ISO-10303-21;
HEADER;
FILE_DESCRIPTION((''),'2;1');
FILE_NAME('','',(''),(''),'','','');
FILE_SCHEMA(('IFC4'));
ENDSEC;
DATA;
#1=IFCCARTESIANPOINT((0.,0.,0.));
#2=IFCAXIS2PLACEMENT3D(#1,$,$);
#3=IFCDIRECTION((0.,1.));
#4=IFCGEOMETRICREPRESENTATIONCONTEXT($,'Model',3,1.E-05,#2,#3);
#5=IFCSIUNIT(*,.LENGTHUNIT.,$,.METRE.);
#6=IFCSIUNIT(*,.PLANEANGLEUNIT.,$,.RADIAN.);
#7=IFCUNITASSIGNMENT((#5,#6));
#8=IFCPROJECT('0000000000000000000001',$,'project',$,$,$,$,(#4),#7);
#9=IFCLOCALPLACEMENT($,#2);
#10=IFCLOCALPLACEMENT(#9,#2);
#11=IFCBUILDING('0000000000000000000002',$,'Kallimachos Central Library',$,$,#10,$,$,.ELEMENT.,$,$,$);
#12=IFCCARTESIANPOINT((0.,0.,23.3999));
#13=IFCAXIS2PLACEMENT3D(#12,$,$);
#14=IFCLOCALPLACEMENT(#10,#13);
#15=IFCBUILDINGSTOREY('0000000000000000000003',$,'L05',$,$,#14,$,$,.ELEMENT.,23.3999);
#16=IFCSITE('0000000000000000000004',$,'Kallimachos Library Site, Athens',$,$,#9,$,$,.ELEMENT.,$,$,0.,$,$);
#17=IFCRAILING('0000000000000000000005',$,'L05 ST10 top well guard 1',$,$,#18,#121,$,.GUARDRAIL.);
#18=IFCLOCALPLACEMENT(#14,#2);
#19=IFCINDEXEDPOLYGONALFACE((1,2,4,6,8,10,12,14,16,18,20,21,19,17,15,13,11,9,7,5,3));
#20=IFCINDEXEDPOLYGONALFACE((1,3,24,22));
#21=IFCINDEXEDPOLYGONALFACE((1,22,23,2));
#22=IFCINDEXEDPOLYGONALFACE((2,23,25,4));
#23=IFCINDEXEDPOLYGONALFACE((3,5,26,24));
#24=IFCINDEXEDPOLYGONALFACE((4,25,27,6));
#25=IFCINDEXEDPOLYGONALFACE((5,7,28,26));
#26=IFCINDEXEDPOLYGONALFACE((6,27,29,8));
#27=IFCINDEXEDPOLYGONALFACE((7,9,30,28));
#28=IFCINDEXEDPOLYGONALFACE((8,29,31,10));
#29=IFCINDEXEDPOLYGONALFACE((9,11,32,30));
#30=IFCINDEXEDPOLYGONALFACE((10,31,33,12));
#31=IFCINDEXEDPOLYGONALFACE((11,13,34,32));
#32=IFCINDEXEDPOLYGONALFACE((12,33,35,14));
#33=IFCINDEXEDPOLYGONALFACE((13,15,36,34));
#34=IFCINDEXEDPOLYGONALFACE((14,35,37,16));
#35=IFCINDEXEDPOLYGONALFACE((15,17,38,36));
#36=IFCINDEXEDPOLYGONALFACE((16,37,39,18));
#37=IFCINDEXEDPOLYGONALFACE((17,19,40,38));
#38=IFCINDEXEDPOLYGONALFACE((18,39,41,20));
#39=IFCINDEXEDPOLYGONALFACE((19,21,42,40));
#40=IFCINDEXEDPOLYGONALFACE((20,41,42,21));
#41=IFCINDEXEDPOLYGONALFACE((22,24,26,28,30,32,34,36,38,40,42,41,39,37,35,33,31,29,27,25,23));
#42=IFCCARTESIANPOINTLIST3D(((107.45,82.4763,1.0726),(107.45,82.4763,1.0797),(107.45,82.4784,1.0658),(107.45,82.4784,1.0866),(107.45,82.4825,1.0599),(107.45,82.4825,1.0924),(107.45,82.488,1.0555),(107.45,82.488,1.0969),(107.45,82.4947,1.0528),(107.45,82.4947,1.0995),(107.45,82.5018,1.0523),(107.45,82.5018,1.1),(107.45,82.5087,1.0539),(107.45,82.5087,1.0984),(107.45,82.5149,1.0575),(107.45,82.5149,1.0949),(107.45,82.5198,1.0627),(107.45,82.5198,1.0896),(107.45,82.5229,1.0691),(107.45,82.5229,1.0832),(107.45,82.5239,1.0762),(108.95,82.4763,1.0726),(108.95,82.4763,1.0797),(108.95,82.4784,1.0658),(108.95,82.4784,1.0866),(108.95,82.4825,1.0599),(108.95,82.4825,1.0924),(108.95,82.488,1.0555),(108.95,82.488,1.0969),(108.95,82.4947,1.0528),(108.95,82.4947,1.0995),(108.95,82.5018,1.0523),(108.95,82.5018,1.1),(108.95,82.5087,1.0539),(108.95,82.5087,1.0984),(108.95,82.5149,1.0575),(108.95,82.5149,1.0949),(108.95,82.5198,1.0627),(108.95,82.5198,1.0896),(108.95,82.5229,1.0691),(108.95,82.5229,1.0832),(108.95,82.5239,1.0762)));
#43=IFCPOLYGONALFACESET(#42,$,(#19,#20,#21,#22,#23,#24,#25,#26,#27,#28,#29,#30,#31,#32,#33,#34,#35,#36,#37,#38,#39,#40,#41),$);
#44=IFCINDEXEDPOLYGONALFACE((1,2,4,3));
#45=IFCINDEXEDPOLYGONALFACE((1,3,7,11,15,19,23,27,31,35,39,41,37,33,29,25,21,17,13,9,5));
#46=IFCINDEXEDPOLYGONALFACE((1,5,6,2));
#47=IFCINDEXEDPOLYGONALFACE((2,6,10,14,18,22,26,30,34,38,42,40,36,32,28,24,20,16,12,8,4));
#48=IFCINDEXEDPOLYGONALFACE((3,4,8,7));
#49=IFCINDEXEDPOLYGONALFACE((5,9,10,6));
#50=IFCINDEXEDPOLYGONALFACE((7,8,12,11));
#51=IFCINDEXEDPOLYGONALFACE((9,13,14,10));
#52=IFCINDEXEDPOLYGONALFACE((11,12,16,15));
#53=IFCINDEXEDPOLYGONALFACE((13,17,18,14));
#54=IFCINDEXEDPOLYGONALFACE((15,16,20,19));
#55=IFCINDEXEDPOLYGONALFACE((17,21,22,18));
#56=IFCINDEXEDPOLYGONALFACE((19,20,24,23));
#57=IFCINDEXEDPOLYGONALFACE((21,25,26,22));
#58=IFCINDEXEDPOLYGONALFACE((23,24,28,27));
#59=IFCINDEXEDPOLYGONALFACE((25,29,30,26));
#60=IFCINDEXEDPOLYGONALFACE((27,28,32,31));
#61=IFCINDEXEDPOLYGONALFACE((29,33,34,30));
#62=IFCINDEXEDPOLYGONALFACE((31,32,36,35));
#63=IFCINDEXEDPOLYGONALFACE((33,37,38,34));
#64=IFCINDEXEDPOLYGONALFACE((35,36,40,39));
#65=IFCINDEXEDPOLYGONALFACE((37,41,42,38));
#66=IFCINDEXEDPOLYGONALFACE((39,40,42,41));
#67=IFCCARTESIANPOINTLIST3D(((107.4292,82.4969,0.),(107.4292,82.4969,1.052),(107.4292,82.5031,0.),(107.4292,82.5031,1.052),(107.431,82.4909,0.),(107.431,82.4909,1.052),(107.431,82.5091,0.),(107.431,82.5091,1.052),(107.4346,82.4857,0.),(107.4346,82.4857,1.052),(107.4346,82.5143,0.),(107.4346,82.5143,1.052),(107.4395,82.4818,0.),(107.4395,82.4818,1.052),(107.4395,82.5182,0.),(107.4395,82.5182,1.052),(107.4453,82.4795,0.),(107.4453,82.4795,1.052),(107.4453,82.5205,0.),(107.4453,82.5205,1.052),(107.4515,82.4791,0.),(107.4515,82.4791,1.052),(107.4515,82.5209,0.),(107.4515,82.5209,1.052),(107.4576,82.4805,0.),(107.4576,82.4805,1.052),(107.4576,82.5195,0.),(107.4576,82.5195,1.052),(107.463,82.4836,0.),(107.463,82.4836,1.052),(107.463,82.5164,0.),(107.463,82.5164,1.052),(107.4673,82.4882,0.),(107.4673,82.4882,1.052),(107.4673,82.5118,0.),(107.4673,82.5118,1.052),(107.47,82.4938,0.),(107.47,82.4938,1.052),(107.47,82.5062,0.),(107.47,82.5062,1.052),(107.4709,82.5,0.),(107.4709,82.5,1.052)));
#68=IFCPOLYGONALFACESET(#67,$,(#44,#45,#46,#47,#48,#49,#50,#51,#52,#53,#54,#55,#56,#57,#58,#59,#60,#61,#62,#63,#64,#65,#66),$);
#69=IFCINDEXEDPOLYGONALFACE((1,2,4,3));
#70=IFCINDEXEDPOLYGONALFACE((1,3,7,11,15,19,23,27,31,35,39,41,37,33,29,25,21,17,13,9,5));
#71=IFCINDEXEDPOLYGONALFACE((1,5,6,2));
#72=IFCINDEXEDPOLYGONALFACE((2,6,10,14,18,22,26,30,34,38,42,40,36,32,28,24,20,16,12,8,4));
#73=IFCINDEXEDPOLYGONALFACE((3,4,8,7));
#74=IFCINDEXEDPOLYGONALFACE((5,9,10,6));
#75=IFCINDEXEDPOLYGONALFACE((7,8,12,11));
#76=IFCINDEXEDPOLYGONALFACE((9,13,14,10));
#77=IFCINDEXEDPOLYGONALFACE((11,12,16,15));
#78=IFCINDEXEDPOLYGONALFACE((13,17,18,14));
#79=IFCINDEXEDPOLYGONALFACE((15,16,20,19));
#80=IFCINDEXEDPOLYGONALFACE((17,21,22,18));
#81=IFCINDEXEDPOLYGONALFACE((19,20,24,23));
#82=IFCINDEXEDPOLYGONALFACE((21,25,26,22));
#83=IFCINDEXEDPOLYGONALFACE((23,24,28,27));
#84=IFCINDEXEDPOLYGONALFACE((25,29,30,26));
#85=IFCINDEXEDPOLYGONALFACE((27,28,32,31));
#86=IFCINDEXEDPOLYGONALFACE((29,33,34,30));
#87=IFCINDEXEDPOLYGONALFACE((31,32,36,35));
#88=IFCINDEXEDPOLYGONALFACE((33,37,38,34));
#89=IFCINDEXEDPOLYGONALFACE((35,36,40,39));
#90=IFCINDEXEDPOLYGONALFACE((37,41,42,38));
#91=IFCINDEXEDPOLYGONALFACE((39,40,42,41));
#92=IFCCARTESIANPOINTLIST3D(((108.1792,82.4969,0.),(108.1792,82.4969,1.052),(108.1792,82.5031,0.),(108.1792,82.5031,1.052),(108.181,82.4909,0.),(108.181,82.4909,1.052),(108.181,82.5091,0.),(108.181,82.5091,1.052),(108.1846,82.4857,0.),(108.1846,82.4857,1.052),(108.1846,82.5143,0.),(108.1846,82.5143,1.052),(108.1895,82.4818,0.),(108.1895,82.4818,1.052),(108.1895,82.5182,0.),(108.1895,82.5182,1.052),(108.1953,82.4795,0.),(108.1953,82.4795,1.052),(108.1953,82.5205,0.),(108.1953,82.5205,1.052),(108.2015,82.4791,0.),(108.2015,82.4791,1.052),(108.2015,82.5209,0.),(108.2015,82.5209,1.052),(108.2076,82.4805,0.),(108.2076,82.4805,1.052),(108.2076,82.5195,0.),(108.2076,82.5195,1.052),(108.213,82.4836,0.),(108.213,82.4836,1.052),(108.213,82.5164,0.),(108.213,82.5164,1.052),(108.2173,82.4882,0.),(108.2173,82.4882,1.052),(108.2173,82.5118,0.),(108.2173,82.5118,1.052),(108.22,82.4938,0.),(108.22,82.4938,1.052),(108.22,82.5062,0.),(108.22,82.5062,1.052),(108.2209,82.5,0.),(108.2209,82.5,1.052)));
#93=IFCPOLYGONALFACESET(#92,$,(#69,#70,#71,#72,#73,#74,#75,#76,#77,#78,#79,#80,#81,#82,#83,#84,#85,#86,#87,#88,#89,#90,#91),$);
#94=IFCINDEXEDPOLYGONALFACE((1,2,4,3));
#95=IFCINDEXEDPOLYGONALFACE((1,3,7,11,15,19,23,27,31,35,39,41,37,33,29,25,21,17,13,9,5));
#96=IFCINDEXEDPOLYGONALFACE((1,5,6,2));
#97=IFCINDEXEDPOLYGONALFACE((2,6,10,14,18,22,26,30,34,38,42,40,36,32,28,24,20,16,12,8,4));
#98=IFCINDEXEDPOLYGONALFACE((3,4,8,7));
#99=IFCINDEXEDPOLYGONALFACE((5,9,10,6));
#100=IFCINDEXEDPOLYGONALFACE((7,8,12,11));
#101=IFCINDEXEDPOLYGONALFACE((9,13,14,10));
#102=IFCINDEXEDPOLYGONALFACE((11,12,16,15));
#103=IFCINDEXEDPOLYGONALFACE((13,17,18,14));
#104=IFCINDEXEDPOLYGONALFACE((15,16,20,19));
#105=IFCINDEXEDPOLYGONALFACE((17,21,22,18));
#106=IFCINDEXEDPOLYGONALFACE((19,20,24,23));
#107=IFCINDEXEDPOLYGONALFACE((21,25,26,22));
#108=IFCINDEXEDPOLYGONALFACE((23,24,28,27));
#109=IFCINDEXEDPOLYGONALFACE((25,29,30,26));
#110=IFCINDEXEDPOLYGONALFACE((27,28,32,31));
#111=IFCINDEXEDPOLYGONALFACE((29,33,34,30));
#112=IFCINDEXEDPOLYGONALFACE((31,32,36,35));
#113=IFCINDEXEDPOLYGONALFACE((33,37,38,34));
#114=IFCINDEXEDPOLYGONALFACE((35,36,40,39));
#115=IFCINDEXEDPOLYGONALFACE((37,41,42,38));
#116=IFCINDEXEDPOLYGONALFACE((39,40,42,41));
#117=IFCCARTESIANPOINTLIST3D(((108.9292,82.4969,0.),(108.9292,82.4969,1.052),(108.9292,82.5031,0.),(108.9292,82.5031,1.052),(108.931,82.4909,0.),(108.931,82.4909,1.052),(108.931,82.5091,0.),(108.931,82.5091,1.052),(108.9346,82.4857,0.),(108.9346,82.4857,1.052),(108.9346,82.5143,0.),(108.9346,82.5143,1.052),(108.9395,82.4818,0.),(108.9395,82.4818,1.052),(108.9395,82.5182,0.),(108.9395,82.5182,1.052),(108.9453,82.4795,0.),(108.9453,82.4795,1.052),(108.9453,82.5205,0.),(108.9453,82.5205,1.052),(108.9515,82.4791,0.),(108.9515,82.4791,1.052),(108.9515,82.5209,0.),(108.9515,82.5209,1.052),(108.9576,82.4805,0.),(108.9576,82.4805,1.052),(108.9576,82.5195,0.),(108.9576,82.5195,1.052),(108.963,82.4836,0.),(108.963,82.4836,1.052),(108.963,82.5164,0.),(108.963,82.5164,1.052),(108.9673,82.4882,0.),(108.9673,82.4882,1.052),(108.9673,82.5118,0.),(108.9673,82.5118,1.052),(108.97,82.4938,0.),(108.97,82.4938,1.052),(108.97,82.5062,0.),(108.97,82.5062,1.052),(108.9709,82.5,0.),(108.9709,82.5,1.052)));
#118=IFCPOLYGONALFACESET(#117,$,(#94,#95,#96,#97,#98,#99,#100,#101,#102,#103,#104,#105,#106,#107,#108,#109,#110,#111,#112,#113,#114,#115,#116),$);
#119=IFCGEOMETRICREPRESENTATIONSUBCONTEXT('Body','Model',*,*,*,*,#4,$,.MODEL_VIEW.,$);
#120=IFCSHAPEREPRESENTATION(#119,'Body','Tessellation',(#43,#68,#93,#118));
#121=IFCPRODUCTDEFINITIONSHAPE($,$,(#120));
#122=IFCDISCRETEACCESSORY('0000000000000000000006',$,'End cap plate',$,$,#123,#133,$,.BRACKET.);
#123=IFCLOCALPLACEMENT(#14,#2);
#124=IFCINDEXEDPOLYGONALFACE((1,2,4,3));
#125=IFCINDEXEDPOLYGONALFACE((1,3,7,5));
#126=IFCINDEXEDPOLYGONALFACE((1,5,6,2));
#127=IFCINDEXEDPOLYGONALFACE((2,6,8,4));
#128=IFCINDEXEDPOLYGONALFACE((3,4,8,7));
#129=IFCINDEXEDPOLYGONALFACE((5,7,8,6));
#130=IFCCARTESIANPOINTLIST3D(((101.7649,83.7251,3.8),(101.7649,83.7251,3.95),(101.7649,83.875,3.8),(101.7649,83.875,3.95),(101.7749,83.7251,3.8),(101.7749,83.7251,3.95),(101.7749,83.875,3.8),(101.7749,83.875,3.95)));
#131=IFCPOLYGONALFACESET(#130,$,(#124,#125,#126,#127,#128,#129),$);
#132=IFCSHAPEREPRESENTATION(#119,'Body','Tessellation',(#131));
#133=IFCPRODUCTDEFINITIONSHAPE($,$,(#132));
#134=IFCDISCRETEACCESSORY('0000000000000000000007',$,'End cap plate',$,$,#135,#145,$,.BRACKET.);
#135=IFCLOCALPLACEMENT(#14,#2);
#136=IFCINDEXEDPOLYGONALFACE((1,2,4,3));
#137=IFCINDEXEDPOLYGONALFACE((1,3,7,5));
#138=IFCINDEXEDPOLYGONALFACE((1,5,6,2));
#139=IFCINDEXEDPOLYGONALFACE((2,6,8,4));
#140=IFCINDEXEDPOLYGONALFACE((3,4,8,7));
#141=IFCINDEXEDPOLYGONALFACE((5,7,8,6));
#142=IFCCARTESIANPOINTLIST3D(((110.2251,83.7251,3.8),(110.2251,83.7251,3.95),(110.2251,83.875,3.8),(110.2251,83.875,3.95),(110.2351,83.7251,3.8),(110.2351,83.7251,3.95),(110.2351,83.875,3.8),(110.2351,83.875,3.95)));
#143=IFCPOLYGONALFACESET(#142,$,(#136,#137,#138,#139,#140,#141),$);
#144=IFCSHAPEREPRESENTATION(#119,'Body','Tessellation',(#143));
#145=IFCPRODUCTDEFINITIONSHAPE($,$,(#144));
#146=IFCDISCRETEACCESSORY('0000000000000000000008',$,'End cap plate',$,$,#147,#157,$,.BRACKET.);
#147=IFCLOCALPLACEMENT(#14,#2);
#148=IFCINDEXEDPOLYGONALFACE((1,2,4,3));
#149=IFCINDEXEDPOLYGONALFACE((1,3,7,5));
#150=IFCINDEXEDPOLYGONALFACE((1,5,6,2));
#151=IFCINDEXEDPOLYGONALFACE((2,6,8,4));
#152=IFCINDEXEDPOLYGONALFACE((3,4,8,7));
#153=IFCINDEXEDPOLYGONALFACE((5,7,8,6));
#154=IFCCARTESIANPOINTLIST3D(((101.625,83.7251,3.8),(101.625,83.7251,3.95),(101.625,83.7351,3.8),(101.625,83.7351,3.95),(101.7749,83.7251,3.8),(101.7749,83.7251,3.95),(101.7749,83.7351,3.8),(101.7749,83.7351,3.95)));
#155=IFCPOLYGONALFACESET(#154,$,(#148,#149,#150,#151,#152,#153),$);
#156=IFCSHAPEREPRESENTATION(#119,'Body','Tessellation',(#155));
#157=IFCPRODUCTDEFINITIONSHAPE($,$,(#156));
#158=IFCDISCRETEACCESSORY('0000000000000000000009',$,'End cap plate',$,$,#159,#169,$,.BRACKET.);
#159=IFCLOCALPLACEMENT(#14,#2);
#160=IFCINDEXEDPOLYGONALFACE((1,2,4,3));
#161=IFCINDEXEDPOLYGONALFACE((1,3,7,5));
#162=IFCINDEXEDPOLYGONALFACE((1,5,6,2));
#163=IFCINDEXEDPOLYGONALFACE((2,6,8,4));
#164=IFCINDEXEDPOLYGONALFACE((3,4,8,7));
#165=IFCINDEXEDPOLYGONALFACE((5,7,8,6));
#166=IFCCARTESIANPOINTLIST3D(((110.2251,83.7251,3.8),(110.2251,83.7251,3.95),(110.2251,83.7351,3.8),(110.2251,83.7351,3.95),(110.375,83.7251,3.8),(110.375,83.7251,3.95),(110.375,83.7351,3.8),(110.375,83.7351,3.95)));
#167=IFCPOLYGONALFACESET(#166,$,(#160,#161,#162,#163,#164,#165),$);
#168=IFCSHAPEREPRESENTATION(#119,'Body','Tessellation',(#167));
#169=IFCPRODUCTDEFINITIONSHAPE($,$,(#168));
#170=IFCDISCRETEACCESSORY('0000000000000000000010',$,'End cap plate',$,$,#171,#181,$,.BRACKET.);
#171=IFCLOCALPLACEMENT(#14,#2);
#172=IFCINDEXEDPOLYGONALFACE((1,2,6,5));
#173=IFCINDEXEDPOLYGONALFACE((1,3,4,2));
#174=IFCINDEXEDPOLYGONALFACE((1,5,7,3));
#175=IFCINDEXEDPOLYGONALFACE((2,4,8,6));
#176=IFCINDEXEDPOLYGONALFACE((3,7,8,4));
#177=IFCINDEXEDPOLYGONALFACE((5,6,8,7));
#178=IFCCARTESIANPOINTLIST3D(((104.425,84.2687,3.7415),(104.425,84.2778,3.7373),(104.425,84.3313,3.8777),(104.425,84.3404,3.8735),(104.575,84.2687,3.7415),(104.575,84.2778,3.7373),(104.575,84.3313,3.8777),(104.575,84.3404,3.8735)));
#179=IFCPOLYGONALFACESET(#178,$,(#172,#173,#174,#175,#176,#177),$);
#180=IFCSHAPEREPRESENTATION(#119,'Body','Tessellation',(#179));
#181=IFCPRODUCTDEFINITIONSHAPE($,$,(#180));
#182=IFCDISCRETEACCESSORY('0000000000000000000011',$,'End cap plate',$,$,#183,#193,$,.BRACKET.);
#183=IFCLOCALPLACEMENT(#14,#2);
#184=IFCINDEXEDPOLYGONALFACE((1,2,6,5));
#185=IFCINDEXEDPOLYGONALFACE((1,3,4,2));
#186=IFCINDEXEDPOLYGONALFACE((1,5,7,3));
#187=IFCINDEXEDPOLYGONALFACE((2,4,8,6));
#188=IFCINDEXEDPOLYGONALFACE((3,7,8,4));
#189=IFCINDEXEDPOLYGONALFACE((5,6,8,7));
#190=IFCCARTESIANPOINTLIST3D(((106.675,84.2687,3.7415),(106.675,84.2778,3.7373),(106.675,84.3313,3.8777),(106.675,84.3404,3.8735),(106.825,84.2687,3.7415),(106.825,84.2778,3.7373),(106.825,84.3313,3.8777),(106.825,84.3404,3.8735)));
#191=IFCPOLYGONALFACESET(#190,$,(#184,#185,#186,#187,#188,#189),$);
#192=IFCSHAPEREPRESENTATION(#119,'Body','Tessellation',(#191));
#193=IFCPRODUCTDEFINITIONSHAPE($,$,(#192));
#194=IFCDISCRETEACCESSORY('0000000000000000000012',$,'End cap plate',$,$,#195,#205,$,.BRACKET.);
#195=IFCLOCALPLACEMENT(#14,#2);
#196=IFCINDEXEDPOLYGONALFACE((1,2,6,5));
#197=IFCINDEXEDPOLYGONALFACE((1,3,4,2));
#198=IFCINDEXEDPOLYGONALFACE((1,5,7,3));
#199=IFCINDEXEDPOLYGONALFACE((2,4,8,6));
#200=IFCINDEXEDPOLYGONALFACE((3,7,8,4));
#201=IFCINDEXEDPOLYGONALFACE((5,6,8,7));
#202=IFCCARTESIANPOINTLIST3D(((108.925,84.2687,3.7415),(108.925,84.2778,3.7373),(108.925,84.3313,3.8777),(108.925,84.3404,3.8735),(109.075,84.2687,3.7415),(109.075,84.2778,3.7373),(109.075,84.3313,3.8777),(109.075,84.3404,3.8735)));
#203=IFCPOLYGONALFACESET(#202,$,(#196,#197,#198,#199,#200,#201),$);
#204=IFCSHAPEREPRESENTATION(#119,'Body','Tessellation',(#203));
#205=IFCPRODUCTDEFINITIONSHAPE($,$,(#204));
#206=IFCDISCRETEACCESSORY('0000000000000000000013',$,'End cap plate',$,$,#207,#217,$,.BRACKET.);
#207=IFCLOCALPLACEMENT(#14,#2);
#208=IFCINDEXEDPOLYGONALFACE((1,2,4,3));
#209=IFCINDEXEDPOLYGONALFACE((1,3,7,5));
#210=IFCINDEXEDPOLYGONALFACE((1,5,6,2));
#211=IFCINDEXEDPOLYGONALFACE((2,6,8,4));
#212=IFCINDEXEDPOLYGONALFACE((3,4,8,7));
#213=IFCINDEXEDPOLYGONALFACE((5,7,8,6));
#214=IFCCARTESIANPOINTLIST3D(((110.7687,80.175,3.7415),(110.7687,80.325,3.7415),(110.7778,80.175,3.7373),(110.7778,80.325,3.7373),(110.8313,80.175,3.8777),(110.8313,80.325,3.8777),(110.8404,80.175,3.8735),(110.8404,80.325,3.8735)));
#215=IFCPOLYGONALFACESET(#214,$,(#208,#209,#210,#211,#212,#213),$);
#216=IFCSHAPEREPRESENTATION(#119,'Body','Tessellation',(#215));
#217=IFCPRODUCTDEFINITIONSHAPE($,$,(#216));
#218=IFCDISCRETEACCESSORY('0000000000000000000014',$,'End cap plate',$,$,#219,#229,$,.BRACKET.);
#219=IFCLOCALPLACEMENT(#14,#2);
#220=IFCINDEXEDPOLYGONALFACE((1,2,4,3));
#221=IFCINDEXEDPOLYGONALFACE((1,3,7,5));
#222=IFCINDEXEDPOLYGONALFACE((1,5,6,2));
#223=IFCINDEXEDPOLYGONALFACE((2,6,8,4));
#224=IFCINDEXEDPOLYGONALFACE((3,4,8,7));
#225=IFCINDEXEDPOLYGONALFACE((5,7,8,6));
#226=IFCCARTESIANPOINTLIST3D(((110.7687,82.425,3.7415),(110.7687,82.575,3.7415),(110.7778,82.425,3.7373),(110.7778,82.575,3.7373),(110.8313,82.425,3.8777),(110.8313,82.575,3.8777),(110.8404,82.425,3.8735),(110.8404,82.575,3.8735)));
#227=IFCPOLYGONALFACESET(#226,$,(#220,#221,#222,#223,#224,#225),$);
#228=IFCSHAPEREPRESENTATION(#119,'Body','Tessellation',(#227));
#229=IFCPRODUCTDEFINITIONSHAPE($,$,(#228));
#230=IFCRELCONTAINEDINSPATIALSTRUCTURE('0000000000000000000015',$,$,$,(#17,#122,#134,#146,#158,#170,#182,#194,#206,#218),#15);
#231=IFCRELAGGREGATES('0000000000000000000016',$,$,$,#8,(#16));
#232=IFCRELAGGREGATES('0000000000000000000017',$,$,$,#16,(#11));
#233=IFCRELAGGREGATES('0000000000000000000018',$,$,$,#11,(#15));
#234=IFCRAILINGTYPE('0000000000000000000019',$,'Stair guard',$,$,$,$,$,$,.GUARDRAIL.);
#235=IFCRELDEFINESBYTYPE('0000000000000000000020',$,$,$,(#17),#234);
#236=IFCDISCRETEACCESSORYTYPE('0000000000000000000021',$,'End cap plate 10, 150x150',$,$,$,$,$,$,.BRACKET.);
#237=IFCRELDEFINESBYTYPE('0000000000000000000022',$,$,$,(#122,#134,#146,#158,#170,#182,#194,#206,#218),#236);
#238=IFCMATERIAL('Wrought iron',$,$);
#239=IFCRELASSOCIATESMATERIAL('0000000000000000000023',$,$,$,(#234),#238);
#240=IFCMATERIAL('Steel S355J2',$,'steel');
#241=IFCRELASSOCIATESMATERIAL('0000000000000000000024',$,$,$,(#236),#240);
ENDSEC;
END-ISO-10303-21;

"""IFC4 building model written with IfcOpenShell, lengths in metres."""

from ifc_helpers import new_model, si_unit, direction, frame, origin, origin_2d, place, context, subcontext, project, spatial, rectangle, circle, extrude, material, material_profile, profile_set, type_object, element, save


model = new_model("IFC4")

# Units and contexts
model_context = context("Model", 3, precision=1e-05, world=origin(), true_north=direction((0.0, 1.0)))
body_context = subcontext(model_context, "Body", "Model", "MODEL_VIEW")
ifc_project = project(units=[si_unit("LENGTHUNIT", "METRE"), si_unit("PLANEANGLEUNIT", "RADIAN")], contexts=[model_context])

# Site, building, storey
site_placement = place(None, origin())
site = spatial("IfcSite", under=ifc_project, at=site_placement, Name="Kallimachos Library Site, Athens", CompositionType="ELEMENT", RefElevation=0.0)
building_placement = place(site_placement, origin())
building = spatial("IfcBuilding", under=site, at=building_placement, Name="Kallimachos Central Library", CompositionType="ELEMENT")
storey_placement = place(building_placement, frame((0.0, 0.0, 23.3999)))
storey = spatial("IfcBuildingStorey", under=building, at=storey_placement, Name="L05", CompositionType="ELEMENT", Elevation=23.3999)

# Railing
ifc_material_1 = material(Name="Wrought iron")
railing_type = type_object("IfcRailingType", Name="Stair guard", PredefinedType="GUARDRAIL", material=ifc_material_1)
railing_placement = place(storey_placement, frame((107.45, 82.5, 0.0)))
element("IfcRailing", 1, at=railing_placement, inside=storey, type_object=railing_type, Name="L05 ST10 top well guard 1", PredefinedType="GUARDRAIL", context=body_context, shape_type="SweptSolid", body=[
    extrude(circle(Radius=0.0239, at=origin_2d()), frame((0.0, 0.0, 1.0762), z_axis=(1.0, 0.0, 0.0), x_axis=(0.0, 1.0, 0.0)), (0.0, 0.0, 1.0), 1.5),
    extrude(circle(Radius=0.021, at=origin_2d()), origin(), (0.0, 0.0, 1.0), 1.052),
    extrude(circle(Radius=0.021, at=origin_2d()), frame((0.75, 0.0, 0.0)), (0.0, 0.0, 1.0), 1.052),
    extrude(circle(Radius=0.021, at=origin_2d()), frame((1.5, 0.0, 0.0)), (0.0, 0.0, 1.0), 1.052),
])

# Discrete accessories
ifc_material_2 = material(Name="Steel S355J2", Category="steel")
ifc_material_profile_1 = material_profile(ifc_material_2, rectangle(XDim=0.1499, YDim=0.1499, at=origin_2d()), Name="End cap plate 10, 150x150")
ifc_profile_set_1 = profile_set([ifc_material_profile_1], Name="Steel S355J2")
discrete_accessory_type = type_object("IfcDiscreteAccessoryType", Name="End cap plate 10, 150x150", PredefinedType="BRACKET", material=ifc_profile_set_1)
for number, where, z_axis, x_axis, name in (
    (2, (101.7649, 83.8, 3.875), (1.0, 0.0, 0.0), (0.0, 1.0, 0.0), "End cap plate"),
    (3, (110.2251, 83.8, 3.875), (1.0, 0.0, 0.0), (0.0, 1.0, 0.0), "End cap plate"),
    (4, (101.7, 83.7251, 3.875), (0.0, 1.0, 0.0), (-1.0, 0.0, 0.0), "End cap plate"),
    (5, (110.3, 83.7251, 3.875), (0.0, 1.0, 0.0), (-1.0, 0.0, 0.0), "End cap plate"),
    (6, (104.5, 84.3091, 3.8054), (0.0, -0.908677, 0.4175), (1.0, 0.0, 0.0), "End cap plate"),
    (7, (106.75, 84.3091, 3.8054), (0.0, -0.908677, 0.4175), (1.0, 0.0, 0.0), "End cap plate"),
    (8, (109.0, 84.3091, 3.8054), (0.0, -0.908677, 0.4175), (1.0, 0.0, 0.0), "End cap plate"),
    (9, (110.8091, 80.25, 3.8054), (-0.908677, 0.0, 0.4175), (0.0, -1.0, 0.0), "End cap plate"),
    (10, (110.8091, 82.5, 3.8054), (-0.908677, 0.0, 0.4175), (0.0, -1.0, 0.0), "End cap plate"),
):
    element("IfcDiscreteAccessory", number, at=place(storey_placement, frame(where, z_axis=z_axis, x_axis=x_axis)), inside=storey, type_object=discrete_accessory_type, Name=name, PredefinedType="BRACKET", context=body_context, shape_type="SweptSolid", body=[
        extrude(rectangle(XDim=0.1499, YDim=0.1499, at=origin_2d()), origin(), (0.0, 0.0, 1.0), 0.01),
    ])

save(model, "model.ifc")
